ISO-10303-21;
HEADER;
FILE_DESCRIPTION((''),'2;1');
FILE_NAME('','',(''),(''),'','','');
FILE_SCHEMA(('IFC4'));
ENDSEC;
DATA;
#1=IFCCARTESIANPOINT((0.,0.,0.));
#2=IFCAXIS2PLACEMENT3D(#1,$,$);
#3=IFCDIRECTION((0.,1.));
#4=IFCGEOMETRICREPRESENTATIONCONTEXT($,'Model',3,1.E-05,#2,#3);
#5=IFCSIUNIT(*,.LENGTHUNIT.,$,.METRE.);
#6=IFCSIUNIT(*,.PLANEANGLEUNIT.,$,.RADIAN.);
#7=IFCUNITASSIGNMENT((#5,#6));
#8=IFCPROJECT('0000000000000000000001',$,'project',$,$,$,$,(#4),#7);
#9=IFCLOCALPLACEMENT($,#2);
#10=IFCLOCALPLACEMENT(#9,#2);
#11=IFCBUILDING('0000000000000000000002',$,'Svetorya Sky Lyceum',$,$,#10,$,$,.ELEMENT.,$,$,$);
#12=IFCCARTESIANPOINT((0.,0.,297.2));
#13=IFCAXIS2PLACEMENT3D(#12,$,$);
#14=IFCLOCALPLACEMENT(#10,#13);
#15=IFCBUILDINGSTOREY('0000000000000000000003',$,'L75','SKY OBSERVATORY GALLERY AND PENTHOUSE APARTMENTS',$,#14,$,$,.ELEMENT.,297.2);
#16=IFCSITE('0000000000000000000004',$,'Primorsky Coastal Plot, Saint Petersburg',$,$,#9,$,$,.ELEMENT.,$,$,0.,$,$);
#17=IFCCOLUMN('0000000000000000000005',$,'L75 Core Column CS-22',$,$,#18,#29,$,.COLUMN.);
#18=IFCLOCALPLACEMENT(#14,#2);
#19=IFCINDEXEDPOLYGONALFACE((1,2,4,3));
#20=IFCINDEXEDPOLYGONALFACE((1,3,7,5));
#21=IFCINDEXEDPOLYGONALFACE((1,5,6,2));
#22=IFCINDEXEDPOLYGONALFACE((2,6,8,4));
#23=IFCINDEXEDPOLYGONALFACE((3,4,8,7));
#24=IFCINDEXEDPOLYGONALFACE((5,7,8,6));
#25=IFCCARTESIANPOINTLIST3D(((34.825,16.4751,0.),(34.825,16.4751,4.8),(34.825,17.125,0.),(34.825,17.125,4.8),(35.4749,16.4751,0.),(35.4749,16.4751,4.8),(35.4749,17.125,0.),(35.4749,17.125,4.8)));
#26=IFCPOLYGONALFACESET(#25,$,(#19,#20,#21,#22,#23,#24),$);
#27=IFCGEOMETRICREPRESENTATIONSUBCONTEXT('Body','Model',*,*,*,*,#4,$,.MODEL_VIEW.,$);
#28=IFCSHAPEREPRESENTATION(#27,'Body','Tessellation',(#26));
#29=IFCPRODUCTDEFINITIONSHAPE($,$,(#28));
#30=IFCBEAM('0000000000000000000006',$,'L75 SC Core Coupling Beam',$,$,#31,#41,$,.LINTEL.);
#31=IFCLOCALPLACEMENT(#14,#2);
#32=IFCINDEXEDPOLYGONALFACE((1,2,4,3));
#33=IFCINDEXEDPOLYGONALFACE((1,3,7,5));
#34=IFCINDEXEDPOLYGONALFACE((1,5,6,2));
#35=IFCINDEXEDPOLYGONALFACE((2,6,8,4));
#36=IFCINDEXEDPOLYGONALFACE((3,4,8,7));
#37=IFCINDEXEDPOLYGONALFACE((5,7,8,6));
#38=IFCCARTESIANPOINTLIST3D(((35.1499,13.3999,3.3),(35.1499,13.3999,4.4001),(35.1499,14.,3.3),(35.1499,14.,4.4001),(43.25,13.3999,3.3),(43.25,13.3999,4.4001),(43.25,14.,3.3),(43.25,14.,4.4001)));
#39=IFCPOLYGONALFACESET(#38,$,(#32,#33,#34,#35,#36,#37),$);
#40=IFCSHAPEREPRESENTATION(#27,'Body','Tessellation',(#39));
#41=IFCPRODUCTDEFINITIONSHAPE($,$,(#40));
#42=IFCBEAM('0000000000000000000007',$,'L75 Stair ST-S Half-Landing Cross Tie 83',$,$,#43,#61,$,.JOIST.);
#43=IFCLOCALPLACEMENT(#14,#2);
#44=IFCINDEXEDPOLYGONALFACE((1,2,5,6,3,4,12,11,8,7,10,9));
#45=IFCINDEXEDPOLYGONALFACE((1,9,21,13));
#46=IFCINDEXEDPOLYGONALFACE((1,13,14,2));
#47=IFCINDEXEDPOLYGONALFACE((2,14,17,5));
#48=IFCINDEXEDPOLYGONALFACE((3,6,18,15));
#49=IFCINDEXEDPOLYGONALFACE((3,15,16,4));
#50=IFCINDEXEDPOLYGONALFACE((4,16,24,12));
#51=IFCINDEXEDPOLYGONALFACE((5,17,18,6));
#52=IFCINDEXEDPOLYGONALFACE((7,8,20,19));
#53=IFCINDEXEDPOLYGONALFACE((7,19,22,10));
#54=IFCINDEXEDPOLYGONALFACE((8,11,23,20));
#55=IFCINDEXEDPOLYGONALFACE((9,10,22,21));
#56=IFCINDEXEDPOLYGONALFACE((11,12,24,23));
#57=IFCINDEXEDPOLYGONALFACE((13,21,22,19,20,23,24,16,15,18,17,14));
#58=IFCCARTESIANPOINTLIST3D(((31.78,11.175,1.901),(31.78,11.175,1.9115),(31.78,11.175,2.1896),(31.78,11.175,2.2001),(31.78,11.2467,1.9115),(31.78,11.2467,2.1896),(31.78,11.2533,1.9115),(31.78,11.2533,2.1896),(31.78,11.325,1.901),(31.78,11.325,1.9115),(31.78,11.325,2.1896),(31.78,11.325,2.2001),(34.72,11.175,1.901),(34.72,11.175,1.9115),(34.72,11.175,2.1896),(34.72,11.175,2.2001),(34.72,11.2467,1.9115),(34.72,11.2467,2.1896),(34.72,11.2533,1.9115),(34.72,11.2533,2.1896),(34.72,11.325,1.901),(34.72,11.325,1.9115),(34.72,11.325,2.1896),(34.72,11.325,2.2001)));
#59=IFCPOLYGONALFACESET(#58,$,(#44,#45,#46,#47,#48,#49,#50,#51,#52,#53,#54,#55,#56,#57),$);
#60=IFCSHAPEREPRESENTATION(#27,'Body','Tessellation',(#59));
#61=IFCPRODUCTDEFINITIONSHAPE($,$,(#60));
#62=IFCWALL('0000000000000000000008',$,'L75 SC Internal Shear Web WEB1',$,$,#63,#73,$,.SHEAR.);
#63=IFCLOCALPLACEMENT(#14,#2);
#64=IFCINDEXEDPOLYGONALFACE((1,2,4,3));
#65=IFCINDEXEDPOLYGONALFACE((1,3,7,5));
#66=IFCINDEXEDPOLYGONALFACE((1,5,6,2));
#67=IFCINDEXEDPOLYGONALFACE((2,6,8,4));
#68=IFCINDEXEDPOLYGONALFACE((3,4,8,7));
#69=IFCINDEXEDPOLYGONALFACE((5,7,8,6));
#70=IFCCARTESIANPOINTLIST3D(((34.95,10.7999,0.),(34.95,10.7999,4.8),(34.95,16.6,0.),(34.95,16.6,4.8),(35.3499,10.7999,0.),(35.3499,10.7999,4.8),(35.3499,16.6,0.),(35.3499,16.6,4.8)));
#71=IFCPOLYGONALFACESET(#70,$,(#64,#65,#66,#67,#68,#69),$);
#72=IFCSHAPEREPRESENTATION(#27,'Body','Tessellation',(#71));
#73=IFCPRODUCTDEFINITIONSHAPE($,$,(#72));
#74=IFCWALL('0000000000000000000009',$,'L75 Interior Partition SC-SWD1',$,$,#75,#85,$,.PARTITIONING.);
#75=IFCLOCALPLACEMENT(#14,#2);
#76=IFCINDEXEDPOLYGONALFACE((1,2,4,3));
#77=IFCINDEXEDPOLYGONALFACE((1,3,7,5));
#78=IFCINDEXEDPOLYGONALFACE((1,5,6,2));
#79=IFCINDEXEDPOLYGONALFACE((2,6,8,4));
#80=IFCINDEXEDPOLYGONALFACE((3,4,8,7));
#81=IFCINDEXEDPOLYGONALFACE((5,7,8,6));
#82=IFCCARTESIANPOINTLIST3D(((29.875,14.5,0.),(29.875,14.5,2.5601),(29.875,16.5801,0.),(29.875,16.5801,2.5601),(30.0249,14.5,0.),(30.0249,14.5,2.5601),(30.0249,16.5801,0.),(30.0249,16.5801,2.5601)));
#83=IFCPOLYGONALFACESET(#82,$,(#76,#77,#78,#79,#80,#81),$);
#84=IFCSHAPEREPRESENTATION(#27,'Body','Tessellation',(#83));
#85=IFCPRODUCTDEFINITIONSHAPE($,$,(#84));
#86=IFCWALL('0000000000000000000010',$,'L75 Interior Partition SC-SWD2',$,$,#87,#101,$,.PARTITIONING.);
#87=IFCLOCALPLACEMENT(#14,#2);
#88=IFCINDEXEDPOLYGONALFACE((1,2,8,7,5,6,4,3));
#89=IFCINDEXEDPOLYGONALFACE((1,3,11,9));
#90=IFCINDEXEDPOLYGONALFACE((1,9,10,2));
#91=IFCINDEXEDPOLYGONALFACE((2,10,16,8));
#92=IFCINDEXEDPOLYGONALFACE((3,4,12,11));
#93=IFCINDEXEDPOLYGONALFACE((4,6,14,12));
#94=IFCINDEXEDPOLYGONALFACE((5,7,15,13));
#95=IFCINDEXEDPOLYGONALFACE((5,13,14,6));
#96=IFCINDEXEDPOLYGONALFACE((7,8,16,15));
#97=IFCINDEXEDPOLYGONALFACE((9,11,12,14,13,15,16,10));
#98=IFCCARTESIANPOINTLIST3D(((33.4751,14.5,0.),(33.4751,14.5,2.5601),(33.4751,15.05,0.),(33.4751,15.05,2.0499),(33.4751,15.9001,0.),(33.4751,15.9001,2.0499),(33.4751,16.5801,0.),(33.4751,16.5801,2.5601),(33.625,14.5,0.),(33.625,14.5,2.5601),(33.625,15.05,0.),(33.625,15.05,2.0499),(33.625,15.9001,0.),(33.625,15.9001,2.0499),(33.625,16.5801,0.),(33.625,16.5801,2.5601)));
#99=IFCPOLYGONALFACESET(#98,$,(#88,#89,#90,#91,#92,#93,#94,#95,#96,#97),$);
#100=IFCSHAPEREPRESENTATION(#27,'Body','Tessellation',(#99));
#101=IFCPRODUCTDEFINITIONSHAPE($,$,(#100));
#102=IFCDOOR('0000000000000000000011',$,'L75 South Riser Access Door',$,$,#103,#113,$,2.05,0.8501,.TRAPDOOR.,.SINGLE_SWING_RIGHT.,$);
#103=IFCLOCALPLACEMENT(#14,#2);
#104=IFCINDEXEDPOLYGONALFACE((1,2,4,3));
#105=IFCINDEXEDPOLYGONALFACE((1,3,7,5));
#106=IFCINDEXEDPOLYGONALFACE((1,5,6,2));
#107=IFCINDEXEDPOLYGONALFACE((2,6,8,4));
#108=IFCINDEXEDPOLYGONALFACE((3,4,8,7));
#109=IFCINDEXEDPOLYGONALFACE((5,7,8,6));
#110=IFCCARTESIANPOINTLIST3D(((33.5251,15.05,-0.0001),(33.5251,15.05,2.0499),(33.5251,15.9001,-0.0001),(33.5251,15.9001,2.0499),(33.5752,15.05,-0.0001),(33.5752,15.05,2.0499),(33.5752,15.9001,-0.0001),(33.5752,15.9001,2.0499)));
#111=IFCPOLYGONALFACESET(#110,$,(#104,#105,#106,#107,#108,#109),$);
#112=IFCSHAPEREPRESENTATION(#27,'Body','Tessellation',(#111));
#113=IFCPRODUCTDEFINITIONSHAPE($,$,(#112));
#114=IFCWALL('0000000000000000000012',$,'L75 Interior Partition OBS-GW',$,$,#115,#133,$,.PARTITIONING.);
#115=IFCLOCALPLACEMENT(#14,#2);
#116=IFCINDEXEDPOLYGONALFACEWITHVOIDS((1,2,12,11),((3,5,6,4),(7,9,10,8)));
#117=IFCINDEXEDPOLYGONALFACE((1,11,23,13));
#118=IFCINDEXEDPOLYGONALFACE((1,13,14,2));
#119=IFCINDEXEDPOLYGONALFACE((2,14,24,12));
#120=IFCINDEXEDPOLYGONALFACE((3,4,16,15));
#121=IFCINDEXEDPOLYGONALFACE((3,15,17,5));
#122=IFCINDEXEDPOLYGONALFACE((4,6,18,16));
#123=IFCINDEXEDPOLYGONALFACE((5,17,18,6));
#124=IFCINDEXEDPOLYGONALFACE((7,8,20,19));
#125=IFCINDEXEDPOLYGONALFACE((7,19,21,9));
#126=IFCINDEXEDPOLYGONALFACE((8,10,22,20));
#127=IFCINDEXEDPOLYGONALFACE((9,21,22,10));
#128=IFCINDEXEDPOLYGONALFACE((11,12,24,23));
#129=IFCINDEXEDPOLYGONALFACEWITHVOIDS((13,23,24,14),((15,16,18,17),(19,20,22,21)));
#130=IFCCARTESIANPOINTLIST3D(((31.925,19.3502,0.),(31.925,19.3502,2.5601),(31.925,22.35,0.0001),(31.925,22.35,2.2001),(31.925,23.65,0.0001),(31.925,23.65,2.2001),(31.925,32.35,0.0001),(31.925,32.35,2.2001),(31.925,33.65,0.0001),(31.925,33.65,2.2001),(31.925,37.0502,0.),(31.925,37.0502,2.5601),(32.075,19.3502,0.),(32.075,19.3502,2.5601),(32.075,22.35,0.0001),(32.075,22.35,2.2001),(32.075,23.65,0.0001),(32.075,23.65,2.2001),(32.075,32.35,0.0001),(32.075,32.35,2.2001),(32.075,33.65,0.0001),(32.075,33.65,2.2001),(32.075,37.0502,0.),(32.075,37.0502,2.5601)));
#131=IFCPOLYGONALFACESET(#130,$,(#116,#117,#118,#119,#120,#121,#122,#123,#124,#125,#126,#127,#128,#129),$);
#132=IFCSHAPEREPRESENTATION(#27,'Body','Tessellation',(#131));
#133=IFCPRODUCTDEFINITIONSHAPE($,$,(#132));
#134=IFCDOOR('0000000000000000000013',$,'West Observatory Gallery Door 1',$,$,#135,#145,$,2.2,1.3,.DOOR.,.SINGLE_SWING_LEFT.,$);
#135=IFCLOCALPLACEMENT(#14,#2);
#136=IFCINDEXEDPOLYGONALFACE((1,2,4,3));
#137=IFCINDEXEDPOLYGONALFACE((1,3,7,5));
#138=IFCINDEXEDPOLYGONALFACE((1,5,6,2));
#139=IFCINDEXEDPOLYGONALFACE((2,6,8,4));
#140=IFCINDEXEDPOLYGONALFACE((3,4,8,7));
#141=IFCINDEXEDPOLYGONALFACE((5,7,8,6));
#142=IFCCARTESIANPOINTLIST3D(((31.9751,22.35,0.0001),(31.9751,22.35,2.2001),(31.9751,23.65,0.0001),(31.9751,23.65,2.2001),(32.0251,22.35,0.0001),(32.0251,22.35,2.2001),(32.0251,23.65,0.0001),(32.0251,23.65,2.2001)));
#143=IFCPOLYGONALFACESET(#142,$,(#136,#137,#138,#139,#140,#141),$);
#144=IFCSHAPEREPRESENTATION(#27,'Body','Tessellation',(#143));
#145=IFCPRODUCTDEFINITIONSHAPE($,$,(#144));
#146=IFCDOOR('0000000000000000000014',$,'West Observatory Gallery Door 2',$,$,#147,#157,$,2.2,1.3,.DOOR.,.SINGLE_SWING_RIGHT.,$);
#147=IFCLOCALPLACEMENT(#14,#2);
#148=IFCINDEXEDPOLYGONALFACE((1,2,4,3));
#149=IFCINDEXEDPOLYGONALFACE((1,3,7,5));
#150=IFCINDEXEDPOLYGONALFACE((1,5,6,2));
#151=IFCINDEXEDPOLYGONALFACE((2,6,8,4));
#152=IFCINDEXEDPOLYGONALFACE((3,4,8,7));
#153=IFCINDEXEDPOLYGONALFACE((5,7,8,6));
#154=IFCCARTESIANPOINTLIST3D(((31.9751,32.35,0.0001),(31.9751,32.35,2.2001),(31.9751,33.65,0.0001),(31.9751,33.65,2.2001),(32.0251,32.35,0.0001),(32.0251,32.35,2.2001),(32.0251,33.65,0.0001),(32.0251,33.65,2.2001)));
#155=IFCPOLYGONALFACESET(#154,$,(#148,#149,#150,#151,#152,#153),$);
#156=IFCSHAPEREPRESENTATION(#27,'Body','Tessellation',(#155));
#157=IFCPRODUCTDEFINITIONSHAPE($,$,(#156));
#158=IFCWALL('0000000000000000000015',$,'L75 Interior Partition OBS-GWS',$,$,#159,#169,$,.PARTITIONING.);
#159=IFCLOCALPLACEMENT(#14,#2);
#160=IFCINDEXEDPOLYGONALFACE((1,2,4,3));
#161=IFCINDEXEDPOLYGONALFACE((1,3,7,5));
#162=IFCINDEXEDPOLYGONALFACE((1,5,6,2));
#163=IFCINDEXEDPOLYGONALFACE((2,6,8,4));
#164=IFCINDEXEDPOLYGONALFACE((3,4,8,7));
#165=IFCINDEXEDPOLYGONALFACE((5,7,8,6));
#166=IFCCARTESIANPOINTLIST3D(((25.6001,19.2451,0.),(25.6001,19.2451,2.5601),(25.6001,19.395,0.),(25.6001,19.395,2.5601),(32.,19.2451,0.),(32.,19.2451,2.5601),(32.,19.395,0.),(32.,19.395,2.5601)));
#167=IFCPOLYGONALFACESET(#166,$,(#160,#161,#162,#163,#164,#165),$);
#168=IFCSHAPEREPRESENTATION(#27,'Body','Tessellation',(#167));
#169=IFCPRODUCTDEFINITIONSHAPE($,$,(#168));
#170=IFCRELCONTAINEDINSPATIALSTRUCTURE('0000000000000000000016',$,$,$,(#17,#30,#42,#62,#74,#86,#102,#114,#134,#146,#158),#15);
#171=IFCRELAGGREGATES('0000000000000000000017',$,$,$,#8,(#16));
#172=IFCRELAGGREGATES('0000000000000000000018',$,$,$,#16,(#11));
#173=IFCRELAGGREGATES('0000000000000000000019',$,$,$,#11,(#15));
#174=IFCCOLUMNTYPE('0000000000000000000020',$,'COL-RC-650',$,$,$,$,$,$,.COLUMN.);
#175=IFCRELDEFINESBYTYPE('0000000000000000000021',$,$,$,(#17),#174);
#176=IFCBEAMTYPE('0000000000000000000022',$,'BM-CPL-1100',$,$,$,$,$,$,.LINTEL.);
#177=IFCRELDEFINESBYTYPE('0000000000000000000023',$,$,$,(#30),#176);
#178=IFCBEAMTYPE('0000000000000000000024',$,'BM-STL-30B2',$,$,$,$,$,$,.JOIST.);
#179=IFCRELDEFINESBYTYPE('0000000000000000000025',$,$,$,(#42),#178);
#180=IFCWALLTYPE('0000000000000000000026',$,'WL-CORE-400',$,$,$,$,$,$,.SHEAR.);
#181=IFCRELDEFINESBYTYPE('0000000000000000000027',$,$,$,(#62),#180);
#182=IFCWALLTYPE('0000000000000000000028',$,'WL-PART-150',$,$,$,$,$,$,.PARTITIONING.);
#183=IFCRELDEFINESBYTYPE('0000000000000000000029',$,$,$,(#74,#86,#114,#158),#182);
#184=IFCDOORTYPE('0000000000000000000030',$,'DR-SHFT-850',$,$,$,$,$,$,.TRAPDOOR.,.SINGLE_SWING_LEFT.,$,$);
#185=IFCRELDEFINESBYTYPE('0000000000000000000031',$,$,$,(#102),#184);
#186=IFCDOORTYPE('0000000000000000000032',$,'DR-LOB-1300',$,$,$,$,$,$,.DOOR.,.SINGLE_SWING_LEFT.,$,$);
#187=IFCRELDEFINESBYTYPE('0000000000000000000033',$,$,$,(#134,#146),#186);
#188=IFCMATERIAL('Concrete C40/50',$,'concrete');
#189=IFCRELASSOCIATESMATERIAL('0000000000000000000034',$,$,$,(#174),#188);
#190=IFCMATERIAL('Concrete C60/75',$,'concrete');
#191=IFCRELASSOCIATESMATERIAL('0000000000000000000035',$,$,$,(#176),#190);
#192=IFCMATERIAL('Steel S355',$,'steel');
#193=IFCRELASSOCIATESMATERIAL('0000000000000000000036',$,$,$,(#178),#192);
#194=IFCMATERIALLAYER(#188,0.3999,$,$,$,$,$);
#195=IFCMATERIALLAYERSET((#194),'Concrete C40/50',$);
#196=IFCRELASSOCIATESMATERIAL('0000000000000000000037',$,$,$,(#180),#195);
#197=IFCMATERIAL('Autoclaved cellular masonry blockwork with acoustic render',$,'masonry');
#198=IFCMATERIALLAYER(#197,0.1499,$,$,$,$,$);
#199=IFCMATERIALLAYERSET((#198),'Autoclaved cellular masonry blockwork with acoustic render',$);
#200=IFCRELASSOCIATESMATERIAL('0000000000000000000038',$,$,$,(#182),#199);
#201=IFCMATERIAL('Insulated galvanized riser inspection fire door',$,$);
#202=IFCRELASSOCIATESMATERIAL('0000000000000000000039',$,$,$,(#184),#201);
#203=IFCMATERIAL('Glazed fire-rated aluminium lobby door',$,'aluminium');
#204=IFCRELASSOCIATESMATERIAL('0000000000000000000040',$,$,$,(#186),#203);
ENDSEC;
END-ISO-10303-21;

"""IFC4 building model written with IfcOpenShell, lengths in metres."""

from ifc_helpers import new_model, si_unit, direction, frame, frame_2d, origin, origin_2d, place, context, subcontext, project, spatial, rectangle, i_section, extrude, material, layer, layer_set, material_profile, profile_set, type_object, element, fill, save


model = new_model("IFC4")

# Units and contexts
model_context = context("Model", 3, precision=1e-05, world=origin(), true_north=direction((0.0, 1.0)))
body_context = subcontext(model_context, "Body", "Model", "MODEL_VIEW")
ifc_project = project(units=[si_unit("LENGTHUNIT", "METRE"), si_unit("PLANEANGLEUNIT", "RADIAN")], contexts=[model_context])

# Site, building, storey
site_placement = place(None, origin())
site = spatial("IfcSite", under=ifc_project, at=site_placement, Name="Primorsky Coastal Plot, Saint Petersburg", CompositionType="ELEMENT", RefElevation=0.0)
building_placement = place(site_placement, origin())
building = spatial("IfcBuilding", under=site, at=building_placement, Name="Svetorya Sky Lyceum", CompositionType="ELEMENT")
storey_placement = place(building_placement, frame((0.0, 0.0, 297.2)))
storey = spatial("IfcBuildingStorey", under=building, at=storey_placement, Name="L75", Description="SKY OBSERVATORY GALLERY AND PENTHOUSE APARTMENTS", CompositionType="ELEMENT", Elevation=297.2)

# Column
ifc_material_1 = material(Name="Concrete C40/50", Category="concrete")
ifc_material_profile_1 = material_profile(ifc_material_1, rectangle(XDim=0.6499, YDim=0.6499, at=origin_2d()), Name="RC COL 650x650")
ifc_profile_set_1 = profile_set([ifc_material_profile_1], Name="Concrete C40/50")
column_type = type_object("IfcColumnType", Name="COL-RC-650", PredefinedType="COLUMN", material=ifc_profile_set_1)
column_placement = place(storey_placement, frame((35.1499, 16.8, 0.0), z_axis=(0.0, 0.0, 1.0), x_axis=(1.0, 0.0, 0.0)))
element("IfcColumn", 1, at=column_placement, inside=storey, type_object=column_type, Name="L75 Core Column CS-22", PredefinedType="COLUMN", context=body_context, shape_type="SweptSolid", body=[
    extrude(rectangle(XDim=0.6499, YDim=0.6499, at=origin_2d()), origin(), (0.0, 0.0, 1.0), 4.8),
])

# Beams
ifc_material_2 = material(Name="Concrete C60/75", Category="concrete")
ifc_material_profile_2 = material_profile(ifc_material_2, rectangle(XDim=0.6001, YDim=1.1001, at=origin_2d()), Name="RC COUPLING 600x1100")
ifc_profile_set_2 = profile_set([ifc_material_profile_2], Name="Concrete C60/75")
beam_type_1 = type_object("IfcBeamType", Name="BM-CPL-1100", PredefinedType="LINTEL", material=ifc_profile_set_2)
beam_1_placement = place(storey_placement, frame((35.1499, 13.7, 3.8501), z_axis=(1.0, 0.0, 0.0), x_axis=(0.0, 1.0, 0.0)))
element("IfcBeam", 2, at=beam_1_placement, inside=storey, type_object=beam_type_1, Name="L75 SC Core Coupling Beam", PredefinedType="LINTEL", context=body_context, shape_type="SweptSolid", body=[
    extrude(rectangle(XDim=0.6001, YDim=1.1001, at=origin_2d()), origin(), (0.0, 0.0, 1.0), 8.1001),
])
ifc_material_3 = material(Name="Steel S355", Category="steel")
ifc_material_profile_3 = material_profile(ifc_material_3, i_section(OverallWidth=0.1499, OverallDepth=0.2991, WebThickness=0.0066, FlangeThickness=0.0105, at=origin_2d()), Name="GOST 30B2")
ifc_profile_set_3 = profile_set([ifc_material_profile_3], Name="Steel S355")
beam_type_2 = type_object("IfcBeamType", Name="BM-STL-30B2", PredefinedType="JOIST", material=ifc_profile_set_3)
beam_2_placement = place(storey_placement, frame((31.78, 11.25, 2.0505), z_axis=(1.0, 0.0, 0.0), x_axis=(0.0, 1.0, 0.0)))
element("IfcBeam", 3, at=beam_2_placement, inside=storey, type_object=beam_type_2, Name="L75 Stair ST-S Half-Landing Cross Tie 83", PredefinedType="JOIST", context=body_context, shape_type="SweptSolid", body=[
    extrude(i_section(OverallWidth=0.1499, OverallDepth=0.2991, WebThickness=0.0066, FlangeThickness=0.0105, at=origin_2d()), origin(), (0.0, 0.0, 1.0), 2.9399),
])

# Walls
ifc_layer_1 = layer(ifc_material_1, 0.3999)
ifc_layer_set_1 = layer_set([ifc_layer_1], Name="Concrete C40/50")
wall_type_1 = type_object("IfcWallType", Name="WL-CORE-400", PredefinedType="SHEAR", material=ifc_layer_set_1)
wall_1_placement = place(storey_placement, frame((35.1499, 10.8, 0.0), z_axis=(0.0, 0.0, 1.0), x_axis=(0.0, 1.0, 0.0)))
element("IfcWall", 4, at=wall_1_placement, inside=storey, type_object=wall_type_1, Name="L75 SC Internal Shear Web WEB1", PredefinedType="SHEAR", context=body_context, shape_type="SweptSolid", body=[
    extrude(rectangle(XDim=5.8, YDim=0.3999, at=frame_2d((2.8999, 0.0))), origin(), (0.0, 0.0, 1.0), 4.8),
])
ifc_material_4 = material(Name="Autoclaved cellular masonry blockwork with acoustic render", Category="masonry")
ifc_layer_2 = layer(ifc_material_4, 0.1499)
ifc_layer_set_2 = layer_set([ifc_layer_2], Name="Autoclaved cellular masonry blockwork with acoustic render")
wall_type_2 = type_object("IfcWallType", Name="WL-PART-150", PredefinedType="PARTITIONING", material=ifc_layer_set_2)
wall_2_placement = place(storey_placement, frame((29.95, 14.5, 0.0), z_axis=(0.0, 0.0, 1.0), x_axis=(0.0, 1.0, 0.0)))
element("IfcWall", 5, at=wall_2_placement, inside=storey, type_object=wall_type_2, Name="L75 Interior Partition SC-SWD1", PredefinedType="PARTITIONING", context=body_context, shape_type="SweptSolid", body=[
    extrude(rectangle(XDim=2.0801, YDim=0.1499, at=frame_2d((1.04, 0.0))), origin(), (0.0, 0.0, 1.0), 2.5601),
])

# Wall, opening, door
wall_3_placement = place(storey_placement, frame((33.55, 14.5, 0.0), z_axis=(0.0, 0.0, 1.0), x_axis=(0.0, 1.0, 0.0)))
wall_3 = element("IfcWall", 6, at=wall_3_placement, inside=storey, type_object=wall_type_2, Name="L75 Interior Partition SC-SWD2", PredefinedType="PARTITIONING", context=body_context, shape_type="SweptSolid", body=[
    extrude(rectangle(XDim=2.0801, YDim=0.1499, at=frame_2d((1.04, 0.0))), origin(), (0.0, 0.0, 1.0), 2.5601),
])
opening_1_placement = place(wall_3_placement, frame((0.55, 0.0, 0.0)))
opening_1 = element("IfcOpeningElement", 7, at=opening_1_placement, cuts=wall_3, PredefinedType="OPENING", context=body_context, shape_type="SweptSolid", body=[
    extrude(rectangle(XDim=0.8501, YDim=2.05, at=frame_2d((0.425, 1.0249))), frame((0.0, 0.085, 0.0), z_axis=(0.0, -1.0, 0.0), x_axis=(1.0, 0.0, 0.0)), (0.0, 0.0, 1.0), 0.1699),
])
ifc_material_5 = material(Name="Insulated galvanized riser inspection fire door")
door_type_1 = type_object("IfcDoorType", Name="DR-SHFT-850", OperationType="SINGLE_SWING_LEFT", PredefinedType="TRAPDOOR", material=ifc_material_5)
door_1_placement = place(opening_1_placement, origin())
door_1 = element("IfcDoor", 8, at=door_1_placement, inside=storey, type_object=door_type_1, Name="L75 South Riser Access Door", OperationType="SINGLE_SWING_RIGHT", OverallHeight=2.05, OverallWidth=0.8501, PredefinedType="TRAPDOOR", context=body_context, shape_type="SweptSolid", body=[
    extrude(rectangle(XDim=0.8501, YDim=2.05, at=frame_2d((0.425, 1.0249))), frame((0.0, 0.0249, 0.0), z_axis=(0.0, -1.0, 0.0), x_axis=(1.0, 0.0, 0.0)), (0.0, 0.0, 1.0), 0.05),
])
fill(opening_1, door_1)

# Wall, openings, doors
wall_4_placement = place(storey_placement, frame((32.0, 19.3501, 0.0), z_axis=(0.0, 0.0, 1.0), x_axis=(0.0, 1.0, 0.0)))
wall_4 = element("IfcWall", 9, at=wall_4_placement, inside=storey, type_object=wall_type_2, Name="L75 Interior Partition OBS-GW", PredefinedType="PARTITIONING", context=body_context, shape_type="SweptSolid", body=[
    extrude(rectangle(XDim=17.7, YDim=0.1499, at=frame_2d((8.8501, 0.0))), origin(), (0.0, 0.0, 1.0), 2.5601),
])
opening_2_placement = place(wall_4_placement, frame((3.0, 0.0, 0.0)))
opening_2 = element("IfcOpeningElement", 10, at=opening_2_placement, cuts=wall_4, PredefinedType="OPENING", context=body_context, shape_type="SweptSolid", body=[
    extrude(rectangle(XDim=1.3, YDim=2.2, at=frame_2d((0.6499, 1.1001))), frame((0.0, 0.085, 0.0), z_axis=(0.0, -1.0, 0.0), x_axis=(1.0, 0.0, 0.0)), (0.0, 0.0, 1.0), 0.1699),
])
opening_3_placement = place(wall_4_placement, frame((13.0, 0.0, 0.0)))
opening_3 = element("IfcOpeningElement", 11, at=opening_3_placement, cuts=wall_4, PredefinedType="OPENING", context=body_context, shape_type="SweptSolid", body=[
    extrude(rectangle(XDim=1.3, YDim=2.2, at=frame_2d((0.6499, 1.1001))), frame((0.0, 0.085, 0.0), z_axis=(0.0, -1.0, 0.0), x_axis=(1.0, 0.0, 0.0)), (0.0, 0.0, 1.0), 0.1699),
])
ifc_material_6 = material(Name="Glazed fire-rated aluminium lobby door", Category="aluminium")
door_type_2 = type_object("IfcDoorType", Name="DR-LOB-1300", OperationType="SINGLE_SWING_LEFT", PredefinedType="DOOR", material=ifc_material_6)
door_2_placement = place(opening_2_placement, origin())
door_2 = element("IfcDoor", 12, at=door_2_placement, inside=storey, type_object=door_type_2, Name="West Observatory Gallery Door 1", OperationType="SINGLE_SWING_LEFT", OverallHeight=2.2, OverallWidth=1.3, PredefinedType="DOOR", context=body_context, shape_type="SweptSolid", body=[
    extrude(rectangle(XDim=1.3, YDim=2.2, at=frame_2d((0.6499, 1.1001))), frame((0.0, 0.0249, 0.0), z_axis=(0.0, -1.0, 0.0), x_axis=(1.0, 0.0, 0.0)), (0.0, 0.0, 1.0), 0.05),
])
fill(opening_2, door_2)
door_3_placement = place(opening_3_placement, origin())
door_3 = element("IfcDoor", 13, at=door_3_placement, inside=storey, type_object=door_type_2, Name="West Observatory Gallery Door 2", OperationType="SINGLE_SWING_RIGHT", OverallHeight=2.2, OverallWidth=1.3, PredefinedType="DOOR", context=body_context, shape_type="SweptSolid", body=[
    extrude(rectangle(XDim=1.3, YDim=2.2, at=frame_2d((0.6499, 1.1001))), frame((0.0, 0.0249, 0.0), z_axis=(0.0, -1.0, 0.0), x_axis=(1.0, 0.0, 0.0)), (0.0, 0.0, 1.0), 0.05),
])
fill(opening_3, door_3)

# Wall
wall_5_placement = place(storey_placement, frame((25.6001, 19.3201, 0.0), z_axis=(0.0, 0.0, 1.0), x_axis=(1.0, 0.0, 0.0)))
element("IfcWall", 14, at=wall_5_placement, inside=storey, type_object=wall_type_2, Name="L75 Interior Partition OBS-GWS", PredefinedType="PARTITIONING", context=body_context, shape_type="SweptSolid", body=[
    extrude(rectangle(XDim=6.3999, YDim=0.1499, at=frame_2d((3.2, 0.0))), origin(), (0.0, 0.0, 1.0), 2.5601),
])

save(model, "model.ifc")
